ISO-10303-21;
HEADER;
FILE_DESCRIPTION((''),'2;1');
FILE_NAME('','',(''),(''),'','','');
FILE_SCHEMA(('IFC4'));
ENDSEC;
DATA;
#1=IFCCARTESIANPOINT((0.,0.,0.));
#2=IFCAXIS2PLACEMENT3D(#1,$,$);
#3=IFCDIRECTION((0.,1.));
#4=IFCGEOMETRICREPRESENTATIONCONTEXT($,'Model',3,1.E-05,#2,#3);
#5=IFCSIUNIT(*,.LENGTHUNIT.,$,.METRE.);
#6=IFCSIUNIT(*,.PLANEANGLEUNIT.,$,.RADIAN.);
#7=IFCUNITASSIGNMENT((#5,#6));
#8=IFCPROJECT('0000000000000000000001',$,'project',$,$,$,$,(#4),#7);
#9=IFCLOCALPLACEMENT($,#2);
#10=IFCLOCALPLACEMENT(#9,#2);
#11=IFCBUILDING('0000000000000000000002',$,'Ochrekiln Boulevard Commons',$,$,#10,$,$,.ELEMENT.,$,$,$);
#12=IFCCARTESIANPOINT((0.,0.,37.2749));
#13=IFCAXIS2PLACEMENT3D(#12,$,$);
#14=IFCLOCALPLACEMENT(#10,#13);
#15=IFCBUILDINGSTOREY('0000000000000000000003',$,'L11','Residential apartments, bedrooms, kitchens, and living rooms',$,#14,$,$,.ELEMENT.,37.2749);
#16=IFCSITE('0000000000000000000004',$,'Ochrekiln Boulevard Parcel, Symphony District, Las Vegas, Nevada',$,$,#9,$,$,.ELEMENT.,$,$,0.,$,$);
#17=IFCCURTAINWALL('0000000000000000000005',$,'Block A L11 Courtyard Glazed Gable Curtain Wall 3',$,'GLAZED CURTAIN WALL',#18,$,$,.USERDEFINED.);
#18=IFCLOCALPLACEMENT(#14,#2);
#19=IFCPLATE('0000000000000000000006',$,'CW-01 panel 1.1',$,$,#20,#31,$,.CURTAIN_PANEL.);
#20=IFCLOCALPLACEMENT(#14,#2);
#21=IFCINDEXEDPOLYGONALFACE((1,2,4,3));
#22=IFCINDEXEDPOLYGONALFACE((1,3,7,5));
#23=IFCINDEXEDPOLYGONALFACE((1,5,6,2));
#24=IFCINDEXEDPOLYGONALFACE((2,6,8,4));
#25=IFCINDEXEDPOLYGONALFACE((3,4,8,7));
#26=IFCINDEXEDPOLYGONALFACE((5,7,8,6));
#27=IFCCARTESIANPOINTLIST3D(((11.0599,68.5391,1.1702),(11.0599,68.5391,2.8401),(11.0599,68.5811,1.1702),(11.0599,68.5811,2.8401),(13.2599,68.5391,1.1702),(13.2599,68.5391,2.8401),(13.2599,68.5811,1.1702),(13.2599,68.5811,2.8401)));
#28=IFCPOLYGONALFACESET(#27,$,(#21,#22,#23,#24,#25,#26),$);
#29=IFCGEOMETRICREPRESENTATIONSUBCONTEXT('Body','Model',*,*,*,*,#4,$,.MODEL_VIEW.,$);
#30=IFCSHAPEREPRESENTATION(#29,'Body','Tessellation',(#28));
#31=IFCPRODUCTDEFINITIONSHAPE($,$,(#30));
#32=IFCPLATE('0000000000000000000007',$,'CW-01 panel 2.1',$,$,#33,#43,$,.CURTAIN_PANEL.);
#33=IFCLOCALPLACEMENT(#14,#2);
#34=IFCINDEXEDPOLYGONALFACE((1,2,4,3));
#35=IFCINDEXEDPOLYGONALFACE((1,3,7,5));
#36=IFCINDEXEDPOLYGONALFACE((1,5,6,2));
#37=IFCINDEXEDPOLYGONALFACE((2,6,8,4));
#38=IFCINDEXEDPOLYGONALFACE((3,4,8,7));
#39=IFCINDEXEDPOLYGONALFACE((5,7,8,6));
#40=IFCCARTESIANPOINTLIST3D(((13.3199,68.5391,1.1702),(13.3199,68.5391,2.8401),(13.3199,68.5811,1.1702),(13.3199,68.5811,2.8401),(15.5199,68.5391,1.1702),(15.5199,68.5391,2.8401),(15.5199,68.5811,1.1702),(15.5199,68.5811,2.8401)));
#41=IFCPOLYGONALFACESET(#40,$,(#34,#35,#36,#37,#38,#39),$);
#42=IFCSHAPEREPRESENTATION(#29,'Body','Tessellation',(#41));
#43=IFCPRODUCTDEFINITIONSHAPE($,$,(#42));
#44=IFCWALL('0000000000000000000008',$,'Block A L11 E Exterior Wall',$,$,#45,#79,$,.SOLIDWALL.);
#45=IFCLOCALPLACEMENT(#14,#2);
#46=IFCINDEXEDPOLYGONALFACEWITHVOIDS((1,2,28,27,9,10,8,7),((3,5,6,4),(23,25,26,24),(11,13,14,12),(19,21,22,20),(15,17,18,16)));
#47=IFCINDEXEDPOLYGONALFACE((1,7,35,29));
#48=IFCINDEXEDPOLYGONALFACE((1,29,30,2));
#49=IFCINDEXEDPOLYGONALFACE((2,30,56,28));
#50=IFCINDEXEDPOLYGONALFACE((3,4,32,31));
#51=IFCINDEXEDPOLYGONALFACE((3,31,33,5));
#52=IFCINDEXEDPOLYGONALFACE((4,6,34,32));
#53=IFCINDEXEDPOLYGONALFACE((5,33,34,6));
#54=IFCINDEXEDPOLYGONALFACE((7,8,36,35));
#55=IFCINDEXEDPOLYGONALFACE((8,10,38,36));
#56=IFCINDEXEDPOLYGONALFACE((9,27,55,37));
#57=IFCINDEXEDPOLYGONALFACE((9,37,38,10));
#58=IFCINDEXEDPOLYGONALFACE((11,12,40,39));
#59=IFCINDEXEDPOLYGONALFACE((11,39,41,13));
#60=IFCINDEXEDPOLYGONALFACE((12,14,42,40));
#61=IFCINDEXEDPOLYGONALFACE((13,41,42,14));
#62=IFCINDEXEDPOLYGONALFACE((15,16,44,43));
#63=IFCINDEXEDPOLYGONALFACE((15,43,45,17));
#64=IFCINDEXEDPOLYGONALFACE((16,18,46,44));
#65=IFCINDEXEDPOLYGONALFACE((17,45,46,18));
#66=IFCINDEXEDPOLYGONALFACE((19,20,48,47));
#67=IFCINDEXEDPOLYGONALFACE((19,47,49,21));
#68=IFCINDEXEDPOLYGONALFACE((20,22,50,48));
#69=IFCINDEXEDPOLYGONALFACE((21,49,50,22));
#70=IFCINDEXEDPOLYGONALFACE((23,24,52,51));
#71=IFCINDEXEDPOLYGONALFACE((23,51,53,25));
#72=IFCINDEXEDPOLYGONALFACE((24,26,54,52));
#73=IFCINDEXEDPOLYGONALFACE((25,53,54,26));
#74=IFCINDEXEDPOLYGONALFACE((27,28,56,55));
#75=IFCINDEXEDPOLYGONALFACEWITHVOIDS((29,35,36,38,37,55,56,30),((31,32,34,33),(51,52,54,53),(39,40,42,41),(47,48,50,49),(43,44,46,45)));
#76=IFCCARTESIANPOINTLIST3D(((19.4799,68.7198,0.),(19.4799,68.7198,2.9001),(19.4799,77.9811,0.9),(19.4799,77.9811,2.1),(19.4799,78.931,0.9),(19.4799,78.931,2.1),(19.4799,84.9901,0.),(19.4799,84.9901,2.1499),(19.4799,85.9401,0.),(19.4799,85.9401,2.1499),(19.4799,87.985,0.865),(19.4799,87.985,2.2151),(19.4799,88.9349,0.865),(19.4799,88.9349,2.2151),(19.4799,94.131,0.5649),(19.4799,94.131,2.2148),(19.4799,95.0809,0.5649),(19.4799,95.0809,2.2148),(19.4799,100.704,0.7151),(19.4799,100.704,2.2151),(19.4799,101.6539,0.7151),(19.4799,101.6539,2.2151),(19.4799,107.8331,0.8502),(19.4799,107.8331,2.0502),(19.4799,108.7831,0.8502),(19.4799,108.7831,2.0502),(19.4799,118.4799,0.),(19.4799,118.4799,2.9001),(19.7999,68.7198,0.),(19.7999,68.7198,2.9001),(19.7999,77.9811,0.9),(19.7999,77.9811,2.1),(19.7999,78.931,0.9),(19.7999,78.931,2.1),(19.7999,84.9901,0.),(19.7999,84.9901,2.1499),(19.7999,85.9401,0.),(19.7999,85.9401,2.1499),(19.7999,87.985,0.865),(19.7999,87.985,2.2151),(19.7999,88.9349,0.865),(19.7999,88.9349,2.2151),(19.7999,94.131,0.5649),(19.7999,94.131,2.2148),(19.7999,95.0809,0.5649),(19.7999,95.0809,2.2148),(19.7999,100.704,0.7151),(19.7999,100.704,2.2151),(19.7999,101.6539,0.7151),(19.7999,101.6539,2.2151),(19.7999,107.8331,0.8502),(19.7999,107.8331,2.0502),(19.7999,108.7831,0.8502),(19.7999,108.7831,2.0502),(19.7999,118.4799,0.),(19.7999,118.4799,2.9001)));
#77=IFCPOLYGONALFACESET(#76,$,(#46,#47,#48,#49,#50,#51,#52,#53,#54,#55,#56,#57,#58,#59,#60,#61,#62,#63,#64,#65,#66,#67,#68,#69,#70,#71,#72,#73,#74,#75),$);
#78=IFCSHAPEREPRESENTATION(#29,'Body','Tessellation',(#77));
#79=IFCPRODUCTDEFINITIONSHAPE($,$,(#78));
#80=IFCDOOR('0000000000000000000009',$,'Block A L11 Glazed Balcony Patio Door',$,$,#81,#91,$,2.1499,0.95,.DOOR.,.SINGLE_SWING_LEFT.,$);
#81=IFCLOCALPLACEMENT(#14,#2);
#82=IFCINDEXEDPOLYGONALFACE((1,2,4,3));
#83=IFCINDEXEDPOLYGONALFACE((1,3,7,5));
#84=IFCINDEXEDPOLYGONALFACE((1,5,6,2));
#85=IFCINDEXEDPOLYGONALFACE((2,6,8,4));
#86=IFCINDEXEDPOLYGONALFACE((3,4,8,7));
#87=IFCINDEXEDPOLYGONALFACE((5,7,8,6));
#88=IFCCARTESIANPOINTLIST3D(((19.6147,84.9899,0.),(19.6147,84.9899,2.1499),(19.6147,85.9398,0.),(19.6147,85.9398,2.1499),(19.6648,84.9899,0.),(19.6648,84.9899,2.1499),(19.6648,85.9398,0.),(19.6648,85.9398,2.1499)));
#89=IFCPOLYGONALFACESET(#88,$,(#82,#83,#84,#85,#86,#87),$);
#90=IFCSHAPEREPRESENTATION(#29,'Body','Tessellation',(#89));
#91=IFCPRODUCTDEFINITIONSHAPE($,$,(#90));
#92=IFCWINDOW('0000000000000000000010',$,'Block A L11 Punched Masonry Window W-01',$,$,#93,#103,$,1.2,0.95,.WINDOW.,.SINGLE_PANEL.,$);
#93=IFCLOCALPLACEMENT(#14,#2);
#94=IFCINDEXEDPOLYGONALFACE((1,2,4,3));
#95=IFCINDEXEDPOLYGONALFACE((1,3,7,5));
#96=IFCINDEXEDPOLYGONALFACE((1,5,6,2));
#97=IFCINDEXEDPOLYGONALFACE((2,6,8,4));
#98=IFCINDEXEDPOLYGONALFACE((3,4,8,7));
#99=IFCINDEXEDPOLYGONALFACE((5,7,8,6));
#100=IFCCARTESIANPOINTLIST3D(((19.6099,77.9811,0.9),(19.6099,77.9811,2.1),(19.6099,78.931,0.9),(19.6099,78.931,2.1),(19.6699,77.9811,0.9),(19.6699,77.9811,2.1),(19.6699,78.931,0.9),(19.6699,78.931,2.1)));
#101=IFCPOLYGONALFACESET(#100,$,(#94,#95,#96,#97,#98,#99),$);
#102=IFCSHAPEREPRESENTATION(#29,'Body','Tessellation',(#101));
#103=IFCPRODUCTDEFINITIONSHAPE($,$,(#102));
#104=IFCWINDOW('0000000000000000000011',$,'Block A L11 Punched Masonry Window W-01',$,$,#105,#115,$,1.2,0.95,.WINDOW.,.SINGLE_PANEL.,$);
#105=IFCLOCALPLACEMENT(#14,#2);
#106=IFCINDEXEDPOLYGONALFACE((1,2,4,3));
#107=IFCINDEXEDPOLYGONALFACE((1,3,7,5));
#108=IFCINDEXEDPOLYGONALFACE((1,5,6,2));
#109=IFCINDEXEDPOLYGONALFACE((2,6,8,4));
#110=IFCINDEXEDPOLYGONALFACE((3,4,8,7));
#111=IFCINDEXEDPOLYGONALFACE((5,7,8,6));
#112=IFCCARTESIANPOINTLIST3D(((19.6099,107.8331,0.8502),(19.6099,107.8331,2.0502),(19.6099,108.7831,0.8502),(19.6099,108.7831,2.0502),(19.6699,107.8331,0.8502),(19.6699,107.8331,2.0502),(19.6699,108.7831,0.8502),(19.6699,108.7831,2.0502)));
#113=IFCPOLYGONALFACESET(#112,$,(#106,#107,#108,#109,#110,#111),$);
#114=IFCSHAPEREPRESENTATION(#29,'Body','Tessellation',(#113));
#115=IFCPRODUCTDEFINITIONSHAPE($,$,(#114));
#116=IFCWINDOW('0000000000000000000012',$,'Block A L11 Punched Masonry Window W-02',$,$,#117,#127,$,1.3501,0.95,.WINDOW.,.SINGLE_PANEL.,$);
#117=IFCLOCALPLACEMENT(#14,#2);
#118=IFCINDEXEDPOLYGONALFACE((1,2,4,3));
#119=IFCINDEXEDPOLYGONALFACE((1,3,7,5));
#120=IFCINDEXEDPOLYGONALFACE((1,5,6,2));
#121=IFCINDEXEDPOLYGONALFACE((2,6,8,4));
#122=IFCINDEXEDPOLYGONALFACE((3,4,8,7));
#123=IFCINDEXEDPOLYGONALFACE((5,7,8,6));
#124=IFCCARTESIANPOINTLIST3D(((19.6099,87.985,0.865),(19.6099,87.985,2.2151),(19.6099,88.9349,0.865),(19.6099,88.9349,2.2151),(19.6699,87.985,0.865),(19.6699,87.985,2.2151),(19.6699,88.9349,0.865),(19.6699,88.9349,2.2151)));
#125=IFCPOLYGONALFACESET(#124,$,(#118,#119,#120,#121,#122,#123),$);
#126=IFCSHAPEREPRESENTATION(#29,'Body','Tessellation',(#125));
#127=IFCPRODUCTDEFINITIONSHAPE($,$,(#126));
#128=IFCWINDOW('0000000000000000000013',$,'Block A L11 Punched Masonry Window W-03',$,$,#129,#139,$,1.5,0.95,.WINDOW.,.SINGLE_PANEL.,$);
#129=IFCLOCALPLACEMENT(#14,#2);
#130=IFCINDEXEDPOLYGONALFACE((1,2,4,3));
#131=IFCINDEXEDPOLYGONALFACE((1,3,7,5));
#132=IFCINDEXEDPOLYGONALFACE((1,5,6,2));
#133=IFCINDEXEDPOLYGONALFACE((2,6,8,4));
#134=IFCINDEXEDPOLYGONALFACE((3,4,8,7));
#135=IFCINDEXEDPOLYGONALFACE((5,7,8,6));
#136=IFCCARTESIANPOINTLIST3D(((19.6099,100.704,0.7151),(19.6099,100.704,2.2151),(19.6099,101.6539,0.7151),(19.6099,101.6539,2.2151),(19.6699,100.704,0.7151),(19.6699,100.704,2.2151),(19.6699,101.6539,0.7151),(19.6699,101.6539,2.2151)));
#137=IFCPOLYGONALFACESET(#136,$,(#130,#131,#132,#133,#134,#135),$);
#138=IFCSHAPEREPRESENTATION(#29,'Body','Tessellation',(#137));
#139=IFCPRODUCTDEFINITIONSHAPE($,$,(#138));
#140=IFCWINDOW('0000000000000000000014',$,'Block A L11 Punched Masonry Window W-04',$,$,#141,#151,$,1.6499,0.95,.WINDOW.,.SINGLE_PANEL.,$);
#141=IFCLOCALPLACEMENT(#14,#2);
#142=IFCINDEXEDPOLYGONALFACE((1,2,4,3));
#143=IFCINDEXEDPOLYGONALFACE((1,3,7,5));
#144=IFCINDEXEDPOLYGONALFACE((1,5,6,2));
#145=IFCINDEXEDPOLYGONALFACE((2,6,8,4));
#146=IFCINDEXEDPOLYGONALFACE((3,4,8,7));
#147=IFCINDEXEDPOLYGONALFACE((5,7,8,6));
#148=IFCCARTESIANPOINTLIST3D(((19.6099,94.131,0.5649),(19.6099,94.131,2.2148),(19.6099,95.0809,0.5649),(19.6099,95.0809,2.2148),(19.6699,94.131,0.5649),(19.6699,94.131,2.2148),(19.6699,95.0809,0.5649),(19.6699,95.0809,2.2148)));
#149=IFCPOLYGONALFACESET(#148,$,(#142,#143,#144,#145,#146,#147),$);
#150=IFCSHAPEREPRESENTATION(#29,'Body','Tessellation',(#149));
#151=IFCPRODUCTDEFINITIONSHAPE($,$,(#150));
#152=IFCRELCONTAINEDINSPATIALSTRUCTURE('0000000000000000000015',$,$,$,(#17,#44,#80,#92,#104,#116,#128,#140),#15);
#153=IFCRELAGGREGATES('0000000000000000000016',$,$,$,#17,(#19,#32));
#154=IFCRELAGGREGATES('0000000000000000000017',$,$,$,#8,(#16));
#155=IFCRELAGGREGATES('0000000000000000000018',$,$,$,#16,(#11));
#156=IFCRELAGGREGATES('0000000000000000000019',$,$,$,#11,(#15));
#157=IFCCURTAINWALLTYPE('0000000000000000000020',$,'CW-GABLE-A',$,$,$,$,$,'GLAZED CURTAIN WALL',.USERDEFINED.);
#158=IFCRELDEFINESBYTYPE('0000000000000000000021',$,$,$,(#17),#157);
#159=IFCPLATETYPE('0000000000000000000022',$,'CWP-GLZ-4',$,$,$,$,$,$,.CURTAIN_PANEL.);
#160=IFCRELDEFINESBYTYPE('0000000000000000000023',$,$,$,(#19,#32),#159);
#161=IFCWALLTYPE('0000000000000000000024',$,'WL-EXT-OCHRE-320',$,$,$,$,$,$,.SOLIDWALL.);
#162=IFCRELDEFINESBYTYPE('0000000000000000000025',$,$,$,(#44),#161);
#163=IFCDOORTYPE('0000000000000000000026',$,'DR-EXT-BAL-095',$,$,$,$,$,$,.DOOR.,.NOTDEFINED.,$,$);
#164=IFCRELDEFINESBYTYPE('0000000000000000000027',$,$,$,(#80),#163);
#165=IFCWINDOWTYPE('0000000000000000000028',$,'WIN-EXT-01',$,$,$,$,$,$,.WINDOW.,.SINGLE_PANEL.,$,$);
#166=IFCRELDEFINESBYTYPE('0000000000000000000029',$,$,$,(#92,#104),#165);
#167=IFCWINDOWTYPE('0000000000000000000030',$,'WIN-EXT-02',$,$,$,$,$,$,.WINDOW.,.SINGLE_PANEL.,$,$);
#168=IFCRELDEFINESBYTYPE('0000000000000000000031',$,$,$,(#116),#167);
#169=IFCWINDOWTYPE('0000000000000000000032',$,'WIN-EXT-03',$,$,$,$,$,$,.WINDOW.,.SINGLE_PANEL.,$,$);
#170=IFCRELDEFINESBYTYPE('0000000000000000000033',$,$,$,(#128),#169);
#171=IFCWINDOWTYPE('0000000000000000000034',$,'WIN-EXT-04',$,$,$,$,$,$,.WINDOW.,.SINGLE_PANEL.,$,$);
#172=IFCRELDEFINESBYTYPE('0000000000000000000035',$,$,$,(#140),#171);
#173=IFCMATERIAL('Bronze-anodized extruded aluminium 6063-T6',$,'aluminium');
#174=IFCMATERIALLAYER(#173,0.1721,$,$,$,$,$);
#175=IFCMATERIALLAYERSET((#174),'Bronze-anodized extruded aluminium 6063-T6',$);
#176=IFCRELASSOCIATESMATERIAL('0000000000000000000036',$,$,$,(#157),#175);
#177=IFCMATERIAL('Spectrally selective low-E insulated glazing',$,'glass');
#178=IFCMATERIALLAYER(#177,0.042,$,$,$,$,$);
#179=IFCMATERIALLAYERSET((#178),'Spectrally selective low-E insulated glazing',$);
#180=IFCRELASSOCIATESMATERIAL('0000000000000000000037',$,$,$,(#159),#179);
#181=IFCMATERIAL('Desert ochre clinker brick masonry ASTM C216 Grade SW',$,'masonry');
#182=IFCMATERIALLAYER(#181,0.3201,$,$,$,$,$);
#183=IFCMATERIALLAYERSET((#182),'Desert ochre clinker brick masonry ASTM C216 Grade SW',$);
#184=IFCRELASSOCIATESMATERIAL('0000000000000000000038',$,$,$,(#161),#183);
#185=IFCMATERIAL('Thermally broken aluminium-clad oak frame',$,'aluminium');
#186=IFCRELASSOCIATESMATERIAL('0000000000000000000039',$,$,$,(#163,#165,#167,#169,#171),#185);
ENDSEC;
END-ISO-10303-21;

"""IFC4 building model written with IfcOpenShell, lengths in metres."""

from ifc_helpers import new_model, si_unit, direction, frame, frame_2d, origin, origin_2d, place, context, subcontext, project, spatial, rectangle, extrude, material, layer, layer_set, type_object, element, fill, aggregate, save


model = new_model("IFC4")

# Units and contexts
model_context = context("Model", 3, precision=1e-05, world=origin(), true_north=direction((0.0, 1.0)))
body_context = subcontext(model_context, "Body", "Model", "MODEL_VIEW")
ifc_project = project(units=[si_unit("LENGTHUNIT", "METRE"), si_unit("PLANEANGLEUNIT", "RADIAN")], contexts=[model_context])

# Site, building, storey
site_placement = place(None, origin())
site = spatial("IfcSite", under=ifc_project, at=site_placement, Name="Ochrekiln Boulevard Parcel, Symphony District, Las Vegas, Nevada", CompositionType="ELEMENT", RefElevation=0.0)
building_placement = place(site_placement, origin())
building = spatial("IfcBuilding", under=site, at=building_placement, Name="Ochrekiln Boulevard Commons", CompositionType="ELEMENT")
storey_placement = place(building_placement, frame((0.0, 0.0, 37.2749)))
storey = spatial("IfcBuildingStorey", under=building, at=storey_placement, Name="L11", Description="Residential apartments, bedrooms, kitchens, and living rooms", CompositionType="ELEMENT", Elevation=37.2749)

# Curtain wall
ifc_material_1 = material(Name="Bronze-anodized extruded aluminium 6063-T6", Category="aluminium")
ifc_layer_1 = layer(ifc_material_1, 0.1721)
ifc_layer_set_1 = layer_set([ifc_layer_1], Name="Bronze-anodized extruded aluminium 6063-T6")
curtain_wall_type = type_object("IfcCurtainWallType", Name="CW-GABLE-A", ElementType="GLAZED CURTAIN WALL", PredefinedType="USERDEFINED", material=ifc_layer_set_1)
curtain_wall_1_placement = place(storey_placement, origin())
curtain_wall_1 = element("IfcCurtainWall", 1, at=curtain_wall_1_placement, inside=storey, type_object=curtain_wall_type, Name="Block A L11 Courtyard Glazed Gable Curtain Wall 3", ObjectType="GLAZED CURTAIN WALL", PredefinedType="USERDEFINED")

# Plates
ifc_material_2 = material(Name="Spectrally selective low-E insulated glazing", Category="glass")
ifc_layer_2 = layer(ifc_material_2, 0.042)
ifc_layer_set_2 = layer_set([ifc_layer_2], Name="Spectrally selective low-E insulated glazing")
plate_type_1 = type_object("IfcPlateType", Name="CWP-GLZ-4", PredefinedType="CURTAIN_PANEL", material=ifc_layer_set_2)
plate_1_placement = place(storey_placement, frame((12.1599, 68.5601, 1.1702), z_axis=(0.0, 0.0, 1.0), x_axis=(1.0, 0.0, 0.0)))
plate_1 = element("IfcPlate", 2, at=plate_1_placement, type_object=plate_type_1, Name="CW-01 panel 1.1", PredefinedType="CURTAIN_PANEL", context=body_context, shape_type="SweptSolid", body=[
    extrude(rectangle(XDim=2.2, YDim=0.042, at=origin_2d()), origin(), (0.0, 0.0, 1.0), 1.6699),
])
plate_2_placement = place(storey_placement, frame((14.4199, 68.5601, 1.1702), z_axis=(0.0, 0.0, 1.0), x_axis=(1.0, 0.0, 0.0)))
plate_2 = element("IfcPlate", 3, at=plate_2_placement, type_object=plate_type_1, Name="CW-01 panel 2.1", PredefinedType="CURTAIN_PANEL", context=body_context, shape_type="SweptSolid", body=[
    extrude(rectangle(XDim=2.2, YDim=0.042, at=origin_2d()), origin(), (0.0, 0.0, 1.0), 1.6699),
])
aggregate(curtain_wall_1, [plate_1, plate_2])

# Wall, openings, door, windows
ifc_material_3 = material(Name="Desert ochre clinker brick masonry ASTM C216 Grade SW", Category="masonry")
ifc_layer_3 = layer(ifc_material_3, 0.3201)
ifc_layer_set_3 = layer_set([ifc_layer_3], Name="Desert ochre clinker brick masonry ASTM C216 Grade SW")
wall_type = type_object("IfcWallType", Name="WL-EXT-OCHRE-320", PredefinedType="SOLIDWALL", material=ifc_layer_set_3)
wall_placement = place(storey_placement, frame((19.6399, 68.72, 0.0), z_axis=(0.0, 0.0, 1.0), x_axis=(0.0, 1.0, 0.0)))
wall = element("IfcWall", 4, at=wall_placement, inside=storey, type_object=wall_type, Name="Block A L11 E Exterior Wall", PredefinedType="SOLIDWALL", context=body_context, shape_type="SweptSolid", body=[
    extrude(rectangle(XDim=49.76, YDim=0.3201, at=frame_2d((24.8799, 0.0))), origin(), (0.0, 0.0, 1.0), 2.9001),
])
opening_1_placement = place(wall_placement, frame((16.27, 0.0, 0.0)))
opening_1 = element("IfcOpeningElement", 5, at=opening_1_placement, cuts=wall, PredefinedType="OPENING", context=body_context, shape_type="SweptSolid", body=[
    extrude(rectangle(XDim=0.95, YDim=2.1499, at=frame_2d((0.4751, 1.075))), frame((0.0, 0.1699, 0.0), z_axis=(0.0, -1.0, 0.0), x_axis=(1.0, 0.0, 0.0)), (0.0, 0.0, 1.0), 0.3401),
])
opening_2_placement = place(wall_placement, frame((9.261, 0.0, 0.8999)))
opening_2 = element("IfcOpeningElement", 6, at=opening_2_placement, cuts=wall, PredefinedType="OPENING", context=body_context, shape_type="SweptSolid", body=[
    extrude(rectangle(XDim=0.95, YDim=1.2, at=frame_2d((0.4751, 0.6001))), frame((0.0, 0.1699, 0.0), z_axis=(0.0, -1.0, 0.0), x_axis=(1.0, 0.0, 0.0)), (0.0, 0.0, 1.0), 0.3401),
])
opening_3_placement = place(wall_placement, frame((19.2649, 0.0, 0.865)))
opening_3 = element("IfcOpeningElement", 7, at=opening_3_placement, cuts=wall, PredefinedType="OPENING", context=body_context, shape_type="SweptSolid", body=[
    extrude(rectangle(XDim=0.95, YDim=1.3501, at=frame_2d((0.4751, 0.675))), frame((0.0, 0.1699, 0.0), z_axis=(0.0, -1.0, 0.0), x_axis=(1.0, 0.0, 0.0)), (0.0, 0.0, 1.0), 0.3401),
])
opening_4_placement = place(wall_placement, frame((31.9839, 0.0, 0.7151)))
opening_4 = element("IfcOpeningElement", 8, at=opening_4_placement, cuts=wall, PredefinedType="OPENING", context=body_context, shape_type="SweptSolid", body=[
    extrude(rectangle(XDim=0.95, YDim=1.5, at=frame_2d((0.4751, 0.75))), frame((0.0, 0.1699, 0.0), z_axis=(0.0, -1.0, 0.0), x_axis=(1.0, 0.0, 0.0)), (0.0, 0.0, 1.0), 0.3401),
])
opening_5_placement = place(wall_placement, frame((25.4109, 0.0, 0.5649)))
opening_5 = element("IfcOpeningElement", 9, at=opening_5_placement, cuts=wall, PredefinedType="OPENING", context=body_context, shape_type="SweptSolid", body=[
    extrude(rectangle(XDim=0.95, YDim=1.6499, at=frame_2d((0.4751, 0.825))), frame((0.0, 0.1699, 0.0), z_axis=(0.0, -1.0, 0.0), x_axis=(1.0, 0.0, 0.0)), (0.0, 0.0, 1.0), 0.3401),
])
opening_6_placement = place(wall_placement, frame((39.113, 0.0, 0.8501)))
opening_6 = element("IfcOpeningElement", 10, at=opening_6_placement, cuts=wall, PredefinedType="OPENING", context=body_context, shape_type="SweptSolid", body=[
    extrude(rectangle(XDim=0.95, YDim=1.2, at=frame_2d((0.4751, 0.6001))), frame((0.0, 0.1699, 0.0), z_axis=(0.0, -1.0, 0.0), x_axis=(1.0, 0.0, 0.0)), (0.0, 0.0, 1.0), 0.3401),
])
ifc_material_4 = material(Name="Thermally broken aluminium-clad oak frame", Category="aluminium")
door_type = type_object("IfcDoorType", Name="DR-EXT-BAL-095", OperationType="NOTDEFINED", PredefinedType="DOOR", material=ifc_material_4)
door_placement = place(opening_1_placement, frame((0.95, 0.0, 0.0), z_axis=(0.0, 0.0, 1.0), x_axis=(-1.0, 0.0, 0.0)))
door = element("IfcDoor", 11, at=door_placement, inside=storey, type_object=door_type, Name="Block A L11 Glazed Balcony Patio Door", OperationType="SINGLE_SWING_LEFT", OverallHeight=2.1499, OverallWidth=0.95, PredefinedType="DOOR", context=body_context, shape_type="SweptSolid", body=[
    extrude(rectangle(XDim=0.95, YDim=2.1499, at=frame_2d((0.4751, 1.075))), frame((0.0, 0.0249, 0.0), z_axis=(0.0, -1.0, 0.0), x_axis=(1.0, 0.0, 0.0)), (0.0, 0.0, 1.0), 0.05),
])
fill(opening_1, door)
window_type_1 = type_object("IfcWindowType", Name="WIN-EXT-01", PartitioningType="SINGLE_PANEL", PredefinedType="WINDOW", material=ifc_material_4)
window_1_placement = place(opening_2_placement, origin())
window_1 = element("IfcWindow", 12, at=window_1_placement, inside=storey, type_object=window_type_1, Name="Block A L11 Punched Masonry Window W-01", OverallHeight=1.2, OverallWidth=0.95, PartitioningType="SINGLE_PANEL", PredefinedType="WINDOW", context=body_context, shape_type="SweptSolid", body=[
    extrude(rectangle(XDim=0.95, YDim=1.2, at=frame_2d((0.4751, 0.6001))), frame((0.0, 0.03, 0.0), z_axis=(0.0, -1.0, 0.0), x_axis=(1.0, 0.0, 0.0)), (0.0, 0.0, 1.0), 0.0601),
])
fill(opening_2, window_1)
window_2_placement = place(opening_6_placement, origin())
window_2 = element("IfcWindow", 13, at=window_2_placement, inside=storey, type_object=window_type_1, Name="Block A L11 Punched Masonry Window W-01", OverallHeight=1.2, OverallWidth=0.95, PartitioningType="SINGLE_PANEL", PredefinedType="WINDOW", context=body_context, shape_type="SweptSolid", body=[
    extrude(rectangle(XDim=0.95, YDim=1.2, at=frame_2d((0.4751, 0.6001))), frame((0.0, 0.03, 0.0), z_axis=(0.0, -1.0, 0.0), x_axis=(1.0, 0.0, 0.0)), (0.0, 0.0, 1.0), 0.0601),
])
fill(opening_6, window_2)
window_type_2 = type_object("IfcWindowType", Name="WIN-EXT-02", PartitioningType="SINGLE_PANEL", PredefinedType="WINDOW", material=ifc_material_4)
window_3_placement = place(opening_3_placement, origin())
window_3 = element("IfcWindow", 14, at=window_3_placement, inside=storey, type_object=window_type_2, Name="Block A L11 Punched Masonry Window W-02", OverallHeight=1.3501, OverallWidth=0.95, PartitioningType="SINGLE_PANEL", PredefinedType="WINDOW", context=body_context, shape_type="SweptSolid", body=[
    extrude(rectangle(XDim=0.95, YDim=1.3501, at=frame_2d((0.4751, 0.675))), frame((0.0, 0.03, 0.0), z_axis=(0.0, -1.0, 0.0), x_axis=(1.0, 0.0, 0.0)), (0.0, 0.0, 1.0), 0.0601),
])
fill(opening_3, window_3)
window_type_3 = type_object("IfcWindowType", Name="WIN-EXT-03", PartitioningType="SINGLE_PANEL", PredefinedType="WINDOW", material=ifc_material_4)
window_4_placement = place(opening_4_placement, origin())
window_4 = element("IfcWindow", 15, at=window_4_placement, inside=storey, type_object=window_type_3, Name="Block A L11 Punched Masonry Window W-03", OverallHeight=1.5, OverallWidth=0.95, PartitioningType="SINGLE_PANEL", PredefinedType="WINDOW", context=body_context, shape_type="SweptSolid", body=[
    extrude(rectangle(XDim=0.95, YDim=1.5, at=frame_2d((0.4751, 0.75))), frame((0.0, 0.03, 0.0), z_axis=(0.0, -1.0, 0.0), x_axis=(1.0, 0.0, 0.0)), (0.0, 0.0, 1.0), 0.0601),
])
fill(opening_4, window_4)
window_type_4 = type_object("IfcWindowType", Name="WIN-EXT-04", PartitioningType="SINGLE_PANEL", PredefinedType="WINDOW", material=ifc_material_4)
window_5_placement = place(opening_5_placement, origin())
window_5 = element("IfcWindow", 16, at=window_5_placement, inside=storey, type_object=window_type_4, Name="Block A L11 Punched Masonry Window W-04", OverallHeight=1.6499, OverallWidth=0.95, PartitioningType="SINGLE_PANEL", PredefinedType="WINDOW", context=body_context, shape_type="SweptSolid", body=[
    extrude(rectangle(XDim=0.95, YDim=1.6499, at=frame_2d((0.4751, 0.825))), frame((0.0, 0.03, 0.0), z_axis=(0.0, -1.0, 0.0), x_axis=(1.0, 0.0, 0.0)), (0.0, 0.0, 1.0), 0.0601),
])
fill(opening_5, window_5)

save(model, "model.ifc")
